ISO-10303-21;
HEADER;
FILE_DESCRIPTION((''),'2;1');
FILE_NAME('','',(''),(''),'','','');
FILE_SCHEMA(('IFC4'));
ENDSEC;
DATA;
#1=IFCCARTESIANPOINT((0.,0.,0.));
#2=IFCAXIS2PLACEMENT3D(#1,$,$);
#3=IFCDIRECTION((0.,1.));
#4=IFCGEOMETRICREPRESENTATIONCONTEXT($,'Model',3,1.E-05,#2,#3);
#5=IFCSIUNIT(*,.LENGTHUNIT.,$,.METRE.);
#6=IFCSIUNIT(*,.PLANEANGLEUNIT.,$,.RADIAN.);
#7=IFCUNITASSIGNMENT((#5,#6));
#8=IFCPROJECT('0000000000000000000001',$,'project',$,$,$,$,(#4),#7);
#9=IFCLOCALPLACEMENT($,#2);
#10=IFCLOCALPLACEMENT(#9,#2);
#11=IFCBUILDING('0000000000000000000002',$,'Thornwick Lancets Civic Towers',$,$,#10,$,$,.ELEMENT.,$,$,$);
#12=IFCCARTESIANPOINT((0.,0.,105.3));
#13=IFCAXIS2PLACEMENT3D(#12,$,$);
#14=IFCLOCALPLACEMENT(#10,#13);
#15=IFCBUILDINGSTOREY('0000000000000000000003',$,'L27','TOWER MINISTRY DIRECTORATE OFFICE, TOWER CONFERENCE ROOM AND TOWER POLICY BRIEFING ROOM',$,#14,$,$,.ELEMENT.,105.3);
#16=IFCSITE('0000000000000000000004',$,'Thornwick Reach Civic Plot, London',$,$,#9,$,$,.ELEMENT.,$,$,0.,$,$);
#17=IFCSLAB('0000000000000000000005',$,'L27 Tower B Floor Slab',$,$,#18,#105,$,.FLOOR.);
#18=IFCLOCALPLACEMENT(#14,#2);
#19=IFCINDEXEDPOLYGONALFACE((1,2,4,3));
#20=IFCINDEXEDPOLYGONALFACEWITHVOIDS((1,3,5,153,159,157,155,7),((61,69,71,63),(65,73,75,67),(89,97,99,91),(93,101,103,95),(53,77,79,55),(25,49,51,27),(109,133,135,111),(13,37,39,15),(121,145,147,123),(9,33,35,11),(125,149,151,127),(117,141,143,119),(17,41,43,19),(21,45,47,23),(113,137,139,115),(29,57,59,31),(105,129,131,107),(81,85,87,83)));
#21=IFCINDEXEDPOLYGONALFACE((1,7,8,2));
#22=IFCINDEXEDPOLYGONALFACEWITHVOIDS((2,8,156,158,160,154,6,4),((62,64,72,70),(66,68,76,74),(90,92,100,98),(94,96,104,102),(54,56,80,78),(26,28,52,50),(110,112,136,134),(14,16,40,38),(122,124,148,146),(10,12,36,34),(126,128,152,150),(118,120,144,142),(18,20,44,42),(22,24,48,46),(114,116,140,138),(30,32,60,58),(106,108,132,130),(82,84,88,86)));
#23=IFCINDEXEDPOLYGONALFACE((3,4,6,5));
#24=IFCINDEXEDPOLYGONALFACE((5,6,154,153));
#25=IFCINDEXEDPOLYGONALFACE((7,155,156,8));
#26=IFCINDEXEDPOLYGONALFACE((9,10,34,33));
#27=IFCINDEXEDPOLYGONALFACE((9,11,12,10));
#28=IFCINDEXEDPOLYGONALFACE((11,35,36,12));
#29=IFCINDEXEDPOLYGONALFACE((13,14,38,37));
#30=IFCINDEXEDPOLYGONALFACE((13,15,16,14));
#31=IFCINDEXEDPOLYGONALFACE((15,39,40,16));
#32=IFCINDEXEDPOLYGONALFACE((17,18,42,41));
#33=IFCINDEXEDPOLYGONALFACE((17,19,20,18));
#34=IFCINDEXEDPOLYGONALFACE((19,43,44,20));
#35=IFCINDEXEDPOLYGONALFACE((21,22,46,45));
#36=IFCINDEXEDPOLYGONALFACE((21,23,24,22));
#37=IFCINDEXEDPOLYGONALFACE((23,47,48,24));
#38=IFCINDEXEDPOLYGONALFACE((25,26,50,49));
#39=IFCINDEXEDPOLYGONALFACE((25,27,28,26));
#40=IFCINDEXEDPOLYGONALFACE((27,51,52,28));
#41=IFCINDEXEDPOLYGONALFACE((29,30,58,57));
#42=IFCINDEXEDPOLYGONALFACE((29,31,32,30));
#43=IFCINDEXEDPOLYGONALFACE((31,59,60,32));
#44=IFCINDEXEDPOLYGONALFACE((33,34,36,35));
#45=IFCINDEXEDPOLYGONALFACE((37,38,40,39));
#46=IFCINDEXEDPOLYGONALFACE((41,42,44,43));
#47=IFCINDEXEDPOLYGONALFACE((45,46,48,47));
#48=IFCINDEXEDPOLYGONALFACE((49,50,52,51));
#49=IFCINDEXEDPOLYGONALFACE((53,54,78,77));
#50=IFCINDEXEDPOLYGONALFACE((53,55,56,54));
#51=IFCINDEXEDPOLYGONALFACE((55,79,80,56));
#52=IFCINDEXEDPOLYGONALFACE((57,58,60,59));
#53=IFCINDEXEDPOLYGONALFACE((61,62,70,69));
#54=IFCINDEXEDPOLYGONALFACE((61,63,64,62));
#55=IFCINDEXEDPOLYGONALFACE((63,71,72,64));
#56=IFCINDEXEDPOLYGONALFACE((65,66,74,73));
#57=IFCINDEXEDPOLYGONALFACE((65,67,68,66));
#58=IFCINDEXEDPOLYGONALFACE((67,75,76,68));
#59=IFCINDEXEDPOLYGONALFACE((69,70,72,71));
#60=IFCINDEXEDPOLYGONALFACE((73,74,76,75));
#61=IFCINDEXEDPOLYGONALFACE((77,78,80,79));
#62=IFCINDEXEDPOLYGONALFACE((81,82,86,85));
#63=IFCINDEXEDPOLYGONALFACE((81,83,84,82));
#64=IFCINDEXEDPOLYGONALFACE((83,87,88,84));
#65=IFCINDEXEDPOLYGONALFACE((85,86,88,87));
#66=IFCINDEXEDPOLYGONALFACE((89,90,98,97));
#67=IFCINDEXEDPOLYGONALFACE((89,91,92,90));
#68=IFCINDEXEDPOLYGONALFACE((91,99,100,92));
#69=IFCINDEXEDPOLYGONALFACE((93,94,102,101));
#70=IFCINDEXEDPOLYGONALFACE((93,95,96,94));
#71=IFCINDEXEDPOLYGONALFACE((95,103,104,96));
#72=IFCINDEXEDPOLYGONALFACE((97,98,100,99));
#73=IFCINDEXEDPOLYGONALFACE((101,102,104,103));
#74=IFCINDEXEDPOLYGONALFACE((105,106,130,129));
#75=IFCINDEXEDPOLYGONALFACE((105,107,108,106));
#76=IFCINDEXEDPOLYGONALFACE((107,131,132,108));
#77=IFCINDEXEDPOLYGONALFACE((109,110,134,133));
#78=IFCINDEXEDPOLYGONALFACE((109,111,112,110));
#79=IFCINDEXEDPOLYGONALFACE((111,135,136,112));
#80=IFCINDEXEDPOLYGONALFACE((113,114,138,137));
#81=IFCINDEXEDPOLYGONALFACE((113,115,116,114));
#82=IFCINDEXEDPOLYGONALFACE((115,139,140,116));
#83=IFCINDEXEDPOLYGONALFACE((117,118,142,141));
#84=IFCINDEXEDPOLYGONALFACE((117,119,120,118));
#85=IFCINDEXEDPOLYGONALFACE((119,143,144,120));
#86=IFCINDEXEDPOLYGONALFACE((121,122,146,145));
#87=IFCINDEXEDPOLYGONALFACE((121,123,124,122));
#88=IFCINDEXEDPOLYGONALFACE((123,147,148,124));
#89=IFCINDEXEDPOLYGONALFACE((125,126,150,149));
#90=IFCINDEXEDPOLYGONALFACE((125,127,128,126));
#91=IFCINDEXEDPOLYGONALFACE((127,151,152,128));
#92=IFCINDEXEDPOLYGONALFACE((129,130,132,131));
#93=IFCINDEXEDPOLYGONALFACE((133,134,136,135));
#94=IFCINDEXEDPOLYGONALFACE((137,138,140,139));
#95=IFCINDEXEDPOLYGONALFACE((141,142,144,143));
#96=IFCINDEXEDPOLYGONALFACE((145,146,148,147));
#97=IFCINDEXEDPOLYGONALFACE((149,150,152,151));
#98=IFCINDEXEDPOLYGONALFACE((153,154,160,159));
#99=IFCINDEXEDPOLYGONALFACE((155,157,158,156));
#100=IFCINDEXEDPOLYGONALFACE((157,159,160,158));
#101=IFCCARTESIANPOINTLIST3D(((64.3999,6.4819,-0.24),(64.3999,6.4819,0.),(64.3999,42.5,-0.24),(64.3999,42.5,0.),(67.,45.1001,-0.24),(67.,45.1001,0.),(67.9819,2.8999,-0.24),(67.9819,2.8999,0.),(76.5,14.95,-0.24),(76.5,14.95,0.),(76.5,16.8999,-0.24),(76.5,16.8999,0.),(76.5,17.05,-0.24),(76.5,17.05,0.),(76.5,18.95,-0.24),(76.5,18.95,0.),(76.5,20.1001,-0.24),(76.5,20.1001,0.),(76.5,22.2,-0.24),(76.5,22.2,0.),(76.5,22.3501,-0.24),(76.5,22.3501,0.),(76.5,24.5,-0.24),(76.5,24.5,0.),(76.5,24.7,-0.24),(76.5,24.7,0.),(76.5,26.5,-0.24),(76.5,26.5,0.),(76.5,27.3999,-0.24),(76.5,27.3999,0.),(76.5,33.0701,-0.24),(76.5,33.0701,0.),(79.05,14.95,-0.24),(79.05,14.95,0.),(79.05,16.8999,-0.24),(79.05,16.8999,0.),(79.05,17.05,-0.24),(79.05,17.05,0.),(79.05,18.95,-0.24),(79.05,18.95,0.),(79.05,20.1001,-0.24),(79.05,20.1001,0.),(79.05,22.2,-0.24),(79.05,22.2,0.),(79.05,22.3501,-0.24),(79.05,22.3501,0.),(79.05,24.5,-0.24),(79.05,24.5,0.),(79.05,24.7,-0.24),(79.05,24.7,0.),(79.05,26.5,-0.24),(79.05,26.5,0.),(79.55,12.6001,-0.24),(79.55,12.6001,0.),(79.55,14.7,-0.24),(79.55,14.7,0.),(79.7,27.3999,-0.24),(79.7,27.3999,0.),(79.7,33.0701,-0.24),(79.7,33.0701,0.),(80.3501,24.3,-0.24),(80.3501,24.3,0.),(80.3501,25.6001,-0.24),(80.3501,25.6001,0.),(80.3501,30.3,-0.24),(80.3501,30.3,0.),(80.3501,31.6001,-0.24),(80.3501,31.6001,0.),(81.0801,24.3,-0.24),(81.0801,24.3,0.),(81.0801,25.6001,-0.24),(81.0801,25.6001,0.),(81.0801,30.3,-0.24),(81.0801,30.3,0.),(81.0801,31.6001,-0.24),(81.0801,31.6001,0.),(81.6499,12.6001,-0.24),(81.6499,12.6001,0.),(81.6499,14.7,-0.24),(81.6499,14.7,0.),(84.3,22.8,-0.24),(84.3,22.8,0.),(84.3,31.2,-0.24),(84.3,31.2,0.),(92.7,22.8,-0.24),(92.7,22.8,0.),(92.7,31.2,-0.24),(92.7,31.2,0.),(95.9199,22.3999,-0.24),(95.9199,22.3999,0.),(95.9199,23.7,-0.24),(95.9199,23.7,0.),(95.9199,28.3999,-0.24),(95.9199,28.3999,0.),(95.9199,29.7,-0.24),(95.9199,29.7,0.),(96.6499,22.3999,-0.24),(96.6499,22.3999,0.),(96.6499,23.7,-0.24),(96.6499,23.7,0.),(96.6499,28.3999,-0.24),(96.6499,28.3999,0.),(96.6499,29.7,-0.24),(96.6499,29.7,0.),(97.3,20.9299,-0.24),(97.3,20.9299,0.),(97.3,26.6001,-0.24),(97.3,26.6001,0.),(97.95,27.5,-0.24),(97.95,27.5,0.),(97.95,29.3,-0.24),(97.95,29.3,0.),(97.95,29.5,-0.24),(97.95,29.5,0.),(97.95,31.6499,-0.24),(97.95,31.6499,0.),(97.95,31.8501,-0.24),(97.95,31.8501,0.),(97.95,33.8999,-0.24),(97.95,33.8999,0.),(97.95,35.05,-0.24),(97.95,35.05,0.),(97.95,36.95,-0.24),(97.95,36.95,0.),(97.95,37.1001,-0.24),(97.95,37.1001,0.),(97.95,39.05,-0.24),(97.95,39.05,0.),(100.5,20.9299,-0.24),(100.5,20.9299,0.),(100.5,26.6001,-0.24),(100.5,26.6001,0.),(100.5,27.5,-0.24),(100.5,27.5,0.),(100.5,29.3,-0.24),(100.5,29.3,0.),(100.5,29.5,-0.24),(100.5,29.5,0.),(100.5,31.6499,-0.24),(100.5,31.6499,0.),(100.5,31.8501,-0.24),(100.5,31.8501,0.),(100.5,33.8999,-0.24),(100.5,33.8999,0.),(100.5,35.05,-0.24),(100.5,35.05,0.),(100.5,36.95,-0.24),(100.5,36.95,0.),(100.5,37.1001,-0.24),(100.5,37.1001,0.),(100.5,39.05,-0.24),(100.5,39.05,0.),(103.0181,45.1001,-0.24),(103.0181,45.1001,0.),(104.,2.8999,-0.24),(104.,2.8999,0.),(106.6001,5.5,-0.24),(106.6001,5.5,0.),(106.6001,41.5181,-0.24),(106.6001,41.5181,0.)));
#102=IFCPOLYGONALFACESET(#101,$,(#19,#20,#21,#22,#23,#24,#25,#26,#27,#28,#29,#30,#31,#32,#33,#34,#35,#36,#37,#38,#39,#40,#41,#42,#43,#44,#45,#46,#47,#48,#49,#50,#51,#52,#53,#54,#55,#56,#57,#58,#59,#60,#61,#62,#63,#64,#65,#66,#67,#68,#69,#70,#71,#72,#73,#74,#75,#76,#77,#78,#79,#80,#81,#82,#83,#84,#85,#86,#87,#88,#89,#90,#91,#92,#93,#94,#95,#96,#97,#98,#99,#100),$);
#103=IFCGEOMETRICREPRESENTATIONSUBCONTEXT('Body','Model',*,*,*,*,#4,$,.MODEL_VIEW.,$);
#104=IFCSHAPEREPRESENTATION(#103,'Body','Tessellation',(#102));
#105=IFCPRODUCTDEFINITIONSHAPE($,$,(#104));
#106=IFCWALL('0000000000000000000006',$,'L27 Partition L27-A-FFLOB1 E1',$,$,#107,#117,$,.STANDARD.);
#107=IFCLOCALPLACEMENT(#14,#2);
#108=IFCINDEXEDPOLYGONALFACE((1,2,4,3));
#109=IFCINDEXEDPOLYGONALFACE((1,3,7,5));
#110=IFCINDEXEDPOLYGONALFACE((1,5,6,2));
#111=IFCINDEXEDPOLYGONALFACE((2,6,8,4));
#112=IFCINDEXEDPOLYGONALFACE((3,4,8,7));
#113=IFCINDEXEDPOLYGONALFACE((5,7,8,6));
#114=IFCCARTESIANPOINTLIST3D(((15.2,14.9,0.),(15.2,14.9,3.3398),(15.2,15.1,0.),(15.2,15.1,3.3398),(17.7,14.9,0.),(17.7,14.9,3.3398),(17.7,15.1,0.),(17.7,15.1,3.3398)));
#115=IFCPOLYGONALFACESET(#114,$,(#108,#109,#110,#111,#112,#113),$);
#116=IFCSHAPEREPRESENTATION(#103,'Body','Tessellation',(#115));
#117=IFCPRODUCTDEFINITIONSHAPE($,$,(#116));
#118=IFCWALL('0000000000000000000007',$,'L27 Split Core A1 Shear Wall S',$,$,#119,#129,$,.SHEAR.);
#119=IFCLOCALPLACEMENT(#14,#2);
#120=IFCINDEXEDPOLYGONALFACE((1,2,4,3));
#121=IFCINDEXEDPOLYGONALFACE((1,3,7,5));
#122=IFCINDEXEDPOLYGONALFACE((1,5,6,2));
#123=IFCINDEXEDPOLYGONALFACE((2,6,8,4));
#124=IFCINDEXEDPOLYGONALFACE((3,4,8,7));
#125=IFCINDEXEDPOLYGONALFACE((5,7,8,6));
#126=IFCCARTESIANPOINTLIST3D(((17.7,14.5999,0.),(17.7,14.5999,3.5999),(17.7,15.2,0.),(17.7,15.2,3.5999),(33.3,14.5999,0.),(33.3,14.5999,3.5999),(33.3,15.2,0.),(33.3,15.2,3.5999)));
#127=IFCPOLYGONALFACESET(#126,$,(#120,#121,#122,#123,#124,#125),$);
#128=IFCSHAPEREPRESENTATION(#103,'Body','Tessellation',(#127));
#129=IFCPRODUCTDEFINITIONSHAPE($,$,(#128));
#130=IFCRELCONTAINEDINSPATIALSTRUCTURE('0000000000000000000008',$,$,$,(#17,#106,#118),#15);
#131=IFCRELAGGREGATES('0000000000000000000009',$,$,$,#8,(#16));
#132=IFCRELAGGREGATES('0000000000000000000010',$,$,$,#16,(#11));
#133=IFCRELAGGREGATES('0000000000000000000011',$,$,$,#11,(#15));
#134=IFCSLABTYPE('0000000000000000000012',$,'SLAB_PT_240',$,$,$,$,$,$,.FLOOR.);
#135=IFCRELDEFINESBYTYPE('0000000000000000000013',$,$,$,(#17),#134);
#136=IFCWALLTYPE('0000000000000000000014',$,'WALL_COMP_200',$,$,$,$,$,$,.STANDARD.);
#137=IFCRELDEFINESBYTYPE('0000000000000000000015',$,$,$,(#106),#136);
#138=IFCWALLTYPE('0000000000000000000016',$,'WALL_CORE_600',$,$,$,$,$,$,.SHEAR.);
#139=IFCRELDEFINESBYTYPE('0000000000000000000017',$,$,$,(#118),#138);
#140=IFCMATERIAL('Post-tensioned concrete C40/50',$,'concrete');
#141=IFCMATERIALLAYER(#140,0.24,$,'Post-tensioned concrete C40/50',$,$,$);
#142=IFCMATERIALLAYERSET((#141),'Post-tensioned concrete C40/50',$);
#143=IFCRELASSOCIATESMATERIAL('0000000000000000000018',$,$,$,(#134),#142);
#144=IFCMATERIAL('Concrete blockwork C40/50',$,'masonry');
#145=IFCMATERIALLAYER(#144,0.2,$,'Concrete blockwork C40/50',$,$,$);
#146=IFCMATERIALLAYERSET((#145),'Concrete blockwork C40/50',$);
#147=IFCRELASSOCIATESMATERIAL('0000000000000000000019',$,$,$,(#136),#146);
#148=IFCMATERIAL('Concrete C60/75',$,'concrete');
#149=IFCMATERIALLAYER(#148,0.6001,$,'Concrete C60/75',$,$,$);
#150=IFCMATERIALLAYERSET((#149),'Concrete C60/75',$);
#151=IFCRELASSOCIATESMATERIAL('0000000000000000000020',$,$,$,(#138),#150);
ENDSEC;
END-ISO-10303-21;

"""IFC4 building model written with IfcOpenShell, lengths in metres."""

from ifc_helpers import new_model, si_unit, direction, frame, frame_2d, origin, place, context, subcontext, project, spatial, polyline, rectangle, outline, extrude, material, layer, layer_set, type_object, element, save


model = new_model("IFC4")

# Units and contexts
model_context = context("Model", 3, precision=1e-05, world=origin(), true_north=direction((0.0, 1.0)))
body_context = subcontext(model_context, "Body", "Model", "MODEL_VIEW")
ifc_project = project(units=[si_unit("LENGTHUNIT", "METRE"), si_unit("PLANEANGLEUNIT", "RADIAN")], contexts=[model_context])

# Site, building, storey
site_placement = place(None, origin())
site = spatial("IfcSite", under=ifc_project, at=site_placement, Name="Thornwick Reach Civic Plot, London", CompositionType="ELEMENT", RefElevation=0.0)
building_placement = place(site_placement, origin())
building = spatial("IfcBuilding", under=site, at=building_placement, Name="Thornwick Lancets Civic Towers", CompositionType="ELEMENT")
storey_placement = place(building_placement, frame((0.0, 0.0, 105.3)))
storey = spatial("IfcBuildingStorey", under=building, at=storey_placement, Name="L27", Description="TOWER MINISTRY DIRECTORATE OFFICE, TOWER CONFERENCE ROOM AND TOWER POLICY BRIEFING ROOM", CompositionType="ELEMENT", Elevation=105.3)

# Shared definitions
ifc_material_1 = material(Name="Concrete C60/75", Category="concrete")

# Shared definitions
ifc_material_2 = material(Name="Post-tensioned concrete C40/50", Category="concrete")

# Slab
ifc_layer_1 = layer(ifc_material_2, 0.24, Name="Post-tensioned concrete C40/50")
ifc_layer_set_1 = layer_set([ifc_layer_1], Name="Post-tensioned concrete C40/50")
slab_type_1 = type_object("IfcSlabType", Name="SLAB_PT_240", PredefinedType="FLOOR", material=ifc_layer_set_1)
slab_1_placement = place(storey_placement, frame((0.0, 0.0, -0.24)))
element("IfcSlab", 1, at=slab_1_placement, inside=storey, type_object=slab_type_1, Name="L27 Tower B Floor Slab", PredefinedType="FLOOR", context=body_context, shape_type="SweptSolid", body=[
    extrude(outline(polyline([(67.9819, 2.8999), (104.0, 2.8999), (106.6001, 5.5), (106.6001, 41.5181), (103.0181, 45.1001), (67.0, 45.1001), (64.3999, 42.5), (64.3999, 6.4819), (67.9819, 2.8999)]), holes=[polyline([(84.3, 22.8), (92.7, 22.8), (92.7, 31.2), (84.3, 31.2), (84.3, 22.8)]), polyline([(100.5, 20.9299), (100.5, 26.6001), (97.3, 26.6001), (97.3, 20.9299), (100.5, 20.9299)]), polyline([(76.5, 33.0701), (76.5, 27.3999), (79.7, 27.3999), (79.7, 33.0701), (76.5, 33.0701)]), polyline([(97.95, 27.5), (100.5, 27.5), (100.5, 29.3), (97.95, 29.3), (97.95, 27.5)]), polyline([(97.95, 29.5), (100.5, 29.5), (100.5, 31.6499), (97.95, 31.6499), (97.95, 29.5)]), polyline([(97.95, 31.8501), (100.5, 31.8501), (100.5, 33.8999), (97.95, 33.8999), (97.95, 31.8501)]), polyline([(97.95, 35.05), (100.5, 35.05), (100.5, 36.95), (97.95, 36.95), (97.95, 35.05)]), polyline([(97.95, 37.1001), (100.5, 37.1001), (100.5, 39.05), (97.95, 39.05), (97.95, 37.1001)]), polyline([(76.5, 24.7), (79.05, 24.7), (79.05, 26.5), (76.5, 26.5), (76.5, 24.7)]), polyline([(76.5, 22.3501), (79.05, 22.3501), (79.05, 24.5), (76.5, 24.5), (76.5, 22.3501)]), polyline([(76.5, 20.1001), (79.05, 20.1001), (79.05, 22.2), (76.5, 22.2), (76.5, 20.1001)]), polyline([(76.5, 17.05), (79.05, 17.05), (79.05, 18.95), (76.5, 18.95), (76.5, 17.05)]), polyline([(76.5, 14.95), (79.05, 14.95), (79.05, 16.8999), (76.5, 16.8999), (76.5, 14.95)]), polyline([(79.55, 12.6001), (81.6499, 12.6001), (81.6499, 14.7), (79.55, 14.7), (79.55, 12.6001)]), polyline([(95.9199, 28.3999), (96.6499, 28.3999), (96.6499, 29.7), (95.9199, 29.7), (95.9199, 28.3999)]), polyline([(95.9199, 22.3999), (96.6499, 22.3999), (96.6499, 23.7), (95.9199, 23.7), (95.9199, 22.3999)]), polyline([(80.3501, 24.3), (81.0801, 24.3), (81.0801, 25.6001), (80.3501, 25.6001), (80.3501, 24.3)]), polyline([(80.3501, 30.3), (81.0801, 30.3), (81.0801, 31.6001), (80.3501, 31.6001), (80.3501, 30.3)])]), origin(), (0.0, 0.0, 1.0), 0.24),
])

# Walls
ifc_material_3 = material(Name="Concrete blockwork C40/50", Category="masonry")
ifc_layer_2 = layer(ifc_material_3, 0.2, Name="Concrete blockwork C40/50")
ifc_layer_set_2 = layer_set([ifc_layer_2], Name="Concrete blockwork C40/50")
wall_type_1 = type_object("IfcWallType", Name="WALL_COMP_200", PredefinedType="STANDARD", material=ifc_layer_set_2)
wall_1_placement = place(storey_placement, frame((15.2, 15.0, 0.0), z_axis=(0.0, 0.0, 1.0), x_axis=(1.0, 0.0, 0.0)))
element("IfcWall", 2, at=wall_1_placement, inside=storey, type_object=wall_type_1, Name="L27 Partition L27-A-FFLOB1 E1", PredefinedType="STANDARD", context=body_context, shape_type="SweptSolid", body=[
    extrude(rectangle(XDim=2.5, YDim=0.2, at=frame_2d((1.25, 0.0))), origin(), (0.0, 0.0, 1.0), 3.3398),
])
ifc_layer_3 = layer(ifc_material_1, 0.6001, Name="Concrete C60/75")
ifc_layer_set_3 = layer_set([ifc_layer_3], Name="Concrete C60/75")
wall_type_2 = type_object("IfcWallType", Name="WALL_CORE_600", PredefinedType="SHEAR", material=ifc_layer_set_3)
wall_2_placement = place(storey_placement, frame((17.7, 14.8999, 0.0), z_axis=(0.0, 0.0, 1.0), x_axis=(1.0, 0.0, 0.0)))
element("IfcWall", 3, at=wall_2_placement, inside=storey, type_object=wall_type_2, Name="L27 Split Core A1 Shear Wall S", PredefinedType="SHEAR", context=body_context, shape_type="SweptSolid", body=[
    extrude(rectangle(XDim=15.6001, YDim=0.6001, at=frame_2d((7.8, 0.0))), origin(), (0.0, 0.0, 1.0), 3.5999),
])

save(model, "model.ifc")
